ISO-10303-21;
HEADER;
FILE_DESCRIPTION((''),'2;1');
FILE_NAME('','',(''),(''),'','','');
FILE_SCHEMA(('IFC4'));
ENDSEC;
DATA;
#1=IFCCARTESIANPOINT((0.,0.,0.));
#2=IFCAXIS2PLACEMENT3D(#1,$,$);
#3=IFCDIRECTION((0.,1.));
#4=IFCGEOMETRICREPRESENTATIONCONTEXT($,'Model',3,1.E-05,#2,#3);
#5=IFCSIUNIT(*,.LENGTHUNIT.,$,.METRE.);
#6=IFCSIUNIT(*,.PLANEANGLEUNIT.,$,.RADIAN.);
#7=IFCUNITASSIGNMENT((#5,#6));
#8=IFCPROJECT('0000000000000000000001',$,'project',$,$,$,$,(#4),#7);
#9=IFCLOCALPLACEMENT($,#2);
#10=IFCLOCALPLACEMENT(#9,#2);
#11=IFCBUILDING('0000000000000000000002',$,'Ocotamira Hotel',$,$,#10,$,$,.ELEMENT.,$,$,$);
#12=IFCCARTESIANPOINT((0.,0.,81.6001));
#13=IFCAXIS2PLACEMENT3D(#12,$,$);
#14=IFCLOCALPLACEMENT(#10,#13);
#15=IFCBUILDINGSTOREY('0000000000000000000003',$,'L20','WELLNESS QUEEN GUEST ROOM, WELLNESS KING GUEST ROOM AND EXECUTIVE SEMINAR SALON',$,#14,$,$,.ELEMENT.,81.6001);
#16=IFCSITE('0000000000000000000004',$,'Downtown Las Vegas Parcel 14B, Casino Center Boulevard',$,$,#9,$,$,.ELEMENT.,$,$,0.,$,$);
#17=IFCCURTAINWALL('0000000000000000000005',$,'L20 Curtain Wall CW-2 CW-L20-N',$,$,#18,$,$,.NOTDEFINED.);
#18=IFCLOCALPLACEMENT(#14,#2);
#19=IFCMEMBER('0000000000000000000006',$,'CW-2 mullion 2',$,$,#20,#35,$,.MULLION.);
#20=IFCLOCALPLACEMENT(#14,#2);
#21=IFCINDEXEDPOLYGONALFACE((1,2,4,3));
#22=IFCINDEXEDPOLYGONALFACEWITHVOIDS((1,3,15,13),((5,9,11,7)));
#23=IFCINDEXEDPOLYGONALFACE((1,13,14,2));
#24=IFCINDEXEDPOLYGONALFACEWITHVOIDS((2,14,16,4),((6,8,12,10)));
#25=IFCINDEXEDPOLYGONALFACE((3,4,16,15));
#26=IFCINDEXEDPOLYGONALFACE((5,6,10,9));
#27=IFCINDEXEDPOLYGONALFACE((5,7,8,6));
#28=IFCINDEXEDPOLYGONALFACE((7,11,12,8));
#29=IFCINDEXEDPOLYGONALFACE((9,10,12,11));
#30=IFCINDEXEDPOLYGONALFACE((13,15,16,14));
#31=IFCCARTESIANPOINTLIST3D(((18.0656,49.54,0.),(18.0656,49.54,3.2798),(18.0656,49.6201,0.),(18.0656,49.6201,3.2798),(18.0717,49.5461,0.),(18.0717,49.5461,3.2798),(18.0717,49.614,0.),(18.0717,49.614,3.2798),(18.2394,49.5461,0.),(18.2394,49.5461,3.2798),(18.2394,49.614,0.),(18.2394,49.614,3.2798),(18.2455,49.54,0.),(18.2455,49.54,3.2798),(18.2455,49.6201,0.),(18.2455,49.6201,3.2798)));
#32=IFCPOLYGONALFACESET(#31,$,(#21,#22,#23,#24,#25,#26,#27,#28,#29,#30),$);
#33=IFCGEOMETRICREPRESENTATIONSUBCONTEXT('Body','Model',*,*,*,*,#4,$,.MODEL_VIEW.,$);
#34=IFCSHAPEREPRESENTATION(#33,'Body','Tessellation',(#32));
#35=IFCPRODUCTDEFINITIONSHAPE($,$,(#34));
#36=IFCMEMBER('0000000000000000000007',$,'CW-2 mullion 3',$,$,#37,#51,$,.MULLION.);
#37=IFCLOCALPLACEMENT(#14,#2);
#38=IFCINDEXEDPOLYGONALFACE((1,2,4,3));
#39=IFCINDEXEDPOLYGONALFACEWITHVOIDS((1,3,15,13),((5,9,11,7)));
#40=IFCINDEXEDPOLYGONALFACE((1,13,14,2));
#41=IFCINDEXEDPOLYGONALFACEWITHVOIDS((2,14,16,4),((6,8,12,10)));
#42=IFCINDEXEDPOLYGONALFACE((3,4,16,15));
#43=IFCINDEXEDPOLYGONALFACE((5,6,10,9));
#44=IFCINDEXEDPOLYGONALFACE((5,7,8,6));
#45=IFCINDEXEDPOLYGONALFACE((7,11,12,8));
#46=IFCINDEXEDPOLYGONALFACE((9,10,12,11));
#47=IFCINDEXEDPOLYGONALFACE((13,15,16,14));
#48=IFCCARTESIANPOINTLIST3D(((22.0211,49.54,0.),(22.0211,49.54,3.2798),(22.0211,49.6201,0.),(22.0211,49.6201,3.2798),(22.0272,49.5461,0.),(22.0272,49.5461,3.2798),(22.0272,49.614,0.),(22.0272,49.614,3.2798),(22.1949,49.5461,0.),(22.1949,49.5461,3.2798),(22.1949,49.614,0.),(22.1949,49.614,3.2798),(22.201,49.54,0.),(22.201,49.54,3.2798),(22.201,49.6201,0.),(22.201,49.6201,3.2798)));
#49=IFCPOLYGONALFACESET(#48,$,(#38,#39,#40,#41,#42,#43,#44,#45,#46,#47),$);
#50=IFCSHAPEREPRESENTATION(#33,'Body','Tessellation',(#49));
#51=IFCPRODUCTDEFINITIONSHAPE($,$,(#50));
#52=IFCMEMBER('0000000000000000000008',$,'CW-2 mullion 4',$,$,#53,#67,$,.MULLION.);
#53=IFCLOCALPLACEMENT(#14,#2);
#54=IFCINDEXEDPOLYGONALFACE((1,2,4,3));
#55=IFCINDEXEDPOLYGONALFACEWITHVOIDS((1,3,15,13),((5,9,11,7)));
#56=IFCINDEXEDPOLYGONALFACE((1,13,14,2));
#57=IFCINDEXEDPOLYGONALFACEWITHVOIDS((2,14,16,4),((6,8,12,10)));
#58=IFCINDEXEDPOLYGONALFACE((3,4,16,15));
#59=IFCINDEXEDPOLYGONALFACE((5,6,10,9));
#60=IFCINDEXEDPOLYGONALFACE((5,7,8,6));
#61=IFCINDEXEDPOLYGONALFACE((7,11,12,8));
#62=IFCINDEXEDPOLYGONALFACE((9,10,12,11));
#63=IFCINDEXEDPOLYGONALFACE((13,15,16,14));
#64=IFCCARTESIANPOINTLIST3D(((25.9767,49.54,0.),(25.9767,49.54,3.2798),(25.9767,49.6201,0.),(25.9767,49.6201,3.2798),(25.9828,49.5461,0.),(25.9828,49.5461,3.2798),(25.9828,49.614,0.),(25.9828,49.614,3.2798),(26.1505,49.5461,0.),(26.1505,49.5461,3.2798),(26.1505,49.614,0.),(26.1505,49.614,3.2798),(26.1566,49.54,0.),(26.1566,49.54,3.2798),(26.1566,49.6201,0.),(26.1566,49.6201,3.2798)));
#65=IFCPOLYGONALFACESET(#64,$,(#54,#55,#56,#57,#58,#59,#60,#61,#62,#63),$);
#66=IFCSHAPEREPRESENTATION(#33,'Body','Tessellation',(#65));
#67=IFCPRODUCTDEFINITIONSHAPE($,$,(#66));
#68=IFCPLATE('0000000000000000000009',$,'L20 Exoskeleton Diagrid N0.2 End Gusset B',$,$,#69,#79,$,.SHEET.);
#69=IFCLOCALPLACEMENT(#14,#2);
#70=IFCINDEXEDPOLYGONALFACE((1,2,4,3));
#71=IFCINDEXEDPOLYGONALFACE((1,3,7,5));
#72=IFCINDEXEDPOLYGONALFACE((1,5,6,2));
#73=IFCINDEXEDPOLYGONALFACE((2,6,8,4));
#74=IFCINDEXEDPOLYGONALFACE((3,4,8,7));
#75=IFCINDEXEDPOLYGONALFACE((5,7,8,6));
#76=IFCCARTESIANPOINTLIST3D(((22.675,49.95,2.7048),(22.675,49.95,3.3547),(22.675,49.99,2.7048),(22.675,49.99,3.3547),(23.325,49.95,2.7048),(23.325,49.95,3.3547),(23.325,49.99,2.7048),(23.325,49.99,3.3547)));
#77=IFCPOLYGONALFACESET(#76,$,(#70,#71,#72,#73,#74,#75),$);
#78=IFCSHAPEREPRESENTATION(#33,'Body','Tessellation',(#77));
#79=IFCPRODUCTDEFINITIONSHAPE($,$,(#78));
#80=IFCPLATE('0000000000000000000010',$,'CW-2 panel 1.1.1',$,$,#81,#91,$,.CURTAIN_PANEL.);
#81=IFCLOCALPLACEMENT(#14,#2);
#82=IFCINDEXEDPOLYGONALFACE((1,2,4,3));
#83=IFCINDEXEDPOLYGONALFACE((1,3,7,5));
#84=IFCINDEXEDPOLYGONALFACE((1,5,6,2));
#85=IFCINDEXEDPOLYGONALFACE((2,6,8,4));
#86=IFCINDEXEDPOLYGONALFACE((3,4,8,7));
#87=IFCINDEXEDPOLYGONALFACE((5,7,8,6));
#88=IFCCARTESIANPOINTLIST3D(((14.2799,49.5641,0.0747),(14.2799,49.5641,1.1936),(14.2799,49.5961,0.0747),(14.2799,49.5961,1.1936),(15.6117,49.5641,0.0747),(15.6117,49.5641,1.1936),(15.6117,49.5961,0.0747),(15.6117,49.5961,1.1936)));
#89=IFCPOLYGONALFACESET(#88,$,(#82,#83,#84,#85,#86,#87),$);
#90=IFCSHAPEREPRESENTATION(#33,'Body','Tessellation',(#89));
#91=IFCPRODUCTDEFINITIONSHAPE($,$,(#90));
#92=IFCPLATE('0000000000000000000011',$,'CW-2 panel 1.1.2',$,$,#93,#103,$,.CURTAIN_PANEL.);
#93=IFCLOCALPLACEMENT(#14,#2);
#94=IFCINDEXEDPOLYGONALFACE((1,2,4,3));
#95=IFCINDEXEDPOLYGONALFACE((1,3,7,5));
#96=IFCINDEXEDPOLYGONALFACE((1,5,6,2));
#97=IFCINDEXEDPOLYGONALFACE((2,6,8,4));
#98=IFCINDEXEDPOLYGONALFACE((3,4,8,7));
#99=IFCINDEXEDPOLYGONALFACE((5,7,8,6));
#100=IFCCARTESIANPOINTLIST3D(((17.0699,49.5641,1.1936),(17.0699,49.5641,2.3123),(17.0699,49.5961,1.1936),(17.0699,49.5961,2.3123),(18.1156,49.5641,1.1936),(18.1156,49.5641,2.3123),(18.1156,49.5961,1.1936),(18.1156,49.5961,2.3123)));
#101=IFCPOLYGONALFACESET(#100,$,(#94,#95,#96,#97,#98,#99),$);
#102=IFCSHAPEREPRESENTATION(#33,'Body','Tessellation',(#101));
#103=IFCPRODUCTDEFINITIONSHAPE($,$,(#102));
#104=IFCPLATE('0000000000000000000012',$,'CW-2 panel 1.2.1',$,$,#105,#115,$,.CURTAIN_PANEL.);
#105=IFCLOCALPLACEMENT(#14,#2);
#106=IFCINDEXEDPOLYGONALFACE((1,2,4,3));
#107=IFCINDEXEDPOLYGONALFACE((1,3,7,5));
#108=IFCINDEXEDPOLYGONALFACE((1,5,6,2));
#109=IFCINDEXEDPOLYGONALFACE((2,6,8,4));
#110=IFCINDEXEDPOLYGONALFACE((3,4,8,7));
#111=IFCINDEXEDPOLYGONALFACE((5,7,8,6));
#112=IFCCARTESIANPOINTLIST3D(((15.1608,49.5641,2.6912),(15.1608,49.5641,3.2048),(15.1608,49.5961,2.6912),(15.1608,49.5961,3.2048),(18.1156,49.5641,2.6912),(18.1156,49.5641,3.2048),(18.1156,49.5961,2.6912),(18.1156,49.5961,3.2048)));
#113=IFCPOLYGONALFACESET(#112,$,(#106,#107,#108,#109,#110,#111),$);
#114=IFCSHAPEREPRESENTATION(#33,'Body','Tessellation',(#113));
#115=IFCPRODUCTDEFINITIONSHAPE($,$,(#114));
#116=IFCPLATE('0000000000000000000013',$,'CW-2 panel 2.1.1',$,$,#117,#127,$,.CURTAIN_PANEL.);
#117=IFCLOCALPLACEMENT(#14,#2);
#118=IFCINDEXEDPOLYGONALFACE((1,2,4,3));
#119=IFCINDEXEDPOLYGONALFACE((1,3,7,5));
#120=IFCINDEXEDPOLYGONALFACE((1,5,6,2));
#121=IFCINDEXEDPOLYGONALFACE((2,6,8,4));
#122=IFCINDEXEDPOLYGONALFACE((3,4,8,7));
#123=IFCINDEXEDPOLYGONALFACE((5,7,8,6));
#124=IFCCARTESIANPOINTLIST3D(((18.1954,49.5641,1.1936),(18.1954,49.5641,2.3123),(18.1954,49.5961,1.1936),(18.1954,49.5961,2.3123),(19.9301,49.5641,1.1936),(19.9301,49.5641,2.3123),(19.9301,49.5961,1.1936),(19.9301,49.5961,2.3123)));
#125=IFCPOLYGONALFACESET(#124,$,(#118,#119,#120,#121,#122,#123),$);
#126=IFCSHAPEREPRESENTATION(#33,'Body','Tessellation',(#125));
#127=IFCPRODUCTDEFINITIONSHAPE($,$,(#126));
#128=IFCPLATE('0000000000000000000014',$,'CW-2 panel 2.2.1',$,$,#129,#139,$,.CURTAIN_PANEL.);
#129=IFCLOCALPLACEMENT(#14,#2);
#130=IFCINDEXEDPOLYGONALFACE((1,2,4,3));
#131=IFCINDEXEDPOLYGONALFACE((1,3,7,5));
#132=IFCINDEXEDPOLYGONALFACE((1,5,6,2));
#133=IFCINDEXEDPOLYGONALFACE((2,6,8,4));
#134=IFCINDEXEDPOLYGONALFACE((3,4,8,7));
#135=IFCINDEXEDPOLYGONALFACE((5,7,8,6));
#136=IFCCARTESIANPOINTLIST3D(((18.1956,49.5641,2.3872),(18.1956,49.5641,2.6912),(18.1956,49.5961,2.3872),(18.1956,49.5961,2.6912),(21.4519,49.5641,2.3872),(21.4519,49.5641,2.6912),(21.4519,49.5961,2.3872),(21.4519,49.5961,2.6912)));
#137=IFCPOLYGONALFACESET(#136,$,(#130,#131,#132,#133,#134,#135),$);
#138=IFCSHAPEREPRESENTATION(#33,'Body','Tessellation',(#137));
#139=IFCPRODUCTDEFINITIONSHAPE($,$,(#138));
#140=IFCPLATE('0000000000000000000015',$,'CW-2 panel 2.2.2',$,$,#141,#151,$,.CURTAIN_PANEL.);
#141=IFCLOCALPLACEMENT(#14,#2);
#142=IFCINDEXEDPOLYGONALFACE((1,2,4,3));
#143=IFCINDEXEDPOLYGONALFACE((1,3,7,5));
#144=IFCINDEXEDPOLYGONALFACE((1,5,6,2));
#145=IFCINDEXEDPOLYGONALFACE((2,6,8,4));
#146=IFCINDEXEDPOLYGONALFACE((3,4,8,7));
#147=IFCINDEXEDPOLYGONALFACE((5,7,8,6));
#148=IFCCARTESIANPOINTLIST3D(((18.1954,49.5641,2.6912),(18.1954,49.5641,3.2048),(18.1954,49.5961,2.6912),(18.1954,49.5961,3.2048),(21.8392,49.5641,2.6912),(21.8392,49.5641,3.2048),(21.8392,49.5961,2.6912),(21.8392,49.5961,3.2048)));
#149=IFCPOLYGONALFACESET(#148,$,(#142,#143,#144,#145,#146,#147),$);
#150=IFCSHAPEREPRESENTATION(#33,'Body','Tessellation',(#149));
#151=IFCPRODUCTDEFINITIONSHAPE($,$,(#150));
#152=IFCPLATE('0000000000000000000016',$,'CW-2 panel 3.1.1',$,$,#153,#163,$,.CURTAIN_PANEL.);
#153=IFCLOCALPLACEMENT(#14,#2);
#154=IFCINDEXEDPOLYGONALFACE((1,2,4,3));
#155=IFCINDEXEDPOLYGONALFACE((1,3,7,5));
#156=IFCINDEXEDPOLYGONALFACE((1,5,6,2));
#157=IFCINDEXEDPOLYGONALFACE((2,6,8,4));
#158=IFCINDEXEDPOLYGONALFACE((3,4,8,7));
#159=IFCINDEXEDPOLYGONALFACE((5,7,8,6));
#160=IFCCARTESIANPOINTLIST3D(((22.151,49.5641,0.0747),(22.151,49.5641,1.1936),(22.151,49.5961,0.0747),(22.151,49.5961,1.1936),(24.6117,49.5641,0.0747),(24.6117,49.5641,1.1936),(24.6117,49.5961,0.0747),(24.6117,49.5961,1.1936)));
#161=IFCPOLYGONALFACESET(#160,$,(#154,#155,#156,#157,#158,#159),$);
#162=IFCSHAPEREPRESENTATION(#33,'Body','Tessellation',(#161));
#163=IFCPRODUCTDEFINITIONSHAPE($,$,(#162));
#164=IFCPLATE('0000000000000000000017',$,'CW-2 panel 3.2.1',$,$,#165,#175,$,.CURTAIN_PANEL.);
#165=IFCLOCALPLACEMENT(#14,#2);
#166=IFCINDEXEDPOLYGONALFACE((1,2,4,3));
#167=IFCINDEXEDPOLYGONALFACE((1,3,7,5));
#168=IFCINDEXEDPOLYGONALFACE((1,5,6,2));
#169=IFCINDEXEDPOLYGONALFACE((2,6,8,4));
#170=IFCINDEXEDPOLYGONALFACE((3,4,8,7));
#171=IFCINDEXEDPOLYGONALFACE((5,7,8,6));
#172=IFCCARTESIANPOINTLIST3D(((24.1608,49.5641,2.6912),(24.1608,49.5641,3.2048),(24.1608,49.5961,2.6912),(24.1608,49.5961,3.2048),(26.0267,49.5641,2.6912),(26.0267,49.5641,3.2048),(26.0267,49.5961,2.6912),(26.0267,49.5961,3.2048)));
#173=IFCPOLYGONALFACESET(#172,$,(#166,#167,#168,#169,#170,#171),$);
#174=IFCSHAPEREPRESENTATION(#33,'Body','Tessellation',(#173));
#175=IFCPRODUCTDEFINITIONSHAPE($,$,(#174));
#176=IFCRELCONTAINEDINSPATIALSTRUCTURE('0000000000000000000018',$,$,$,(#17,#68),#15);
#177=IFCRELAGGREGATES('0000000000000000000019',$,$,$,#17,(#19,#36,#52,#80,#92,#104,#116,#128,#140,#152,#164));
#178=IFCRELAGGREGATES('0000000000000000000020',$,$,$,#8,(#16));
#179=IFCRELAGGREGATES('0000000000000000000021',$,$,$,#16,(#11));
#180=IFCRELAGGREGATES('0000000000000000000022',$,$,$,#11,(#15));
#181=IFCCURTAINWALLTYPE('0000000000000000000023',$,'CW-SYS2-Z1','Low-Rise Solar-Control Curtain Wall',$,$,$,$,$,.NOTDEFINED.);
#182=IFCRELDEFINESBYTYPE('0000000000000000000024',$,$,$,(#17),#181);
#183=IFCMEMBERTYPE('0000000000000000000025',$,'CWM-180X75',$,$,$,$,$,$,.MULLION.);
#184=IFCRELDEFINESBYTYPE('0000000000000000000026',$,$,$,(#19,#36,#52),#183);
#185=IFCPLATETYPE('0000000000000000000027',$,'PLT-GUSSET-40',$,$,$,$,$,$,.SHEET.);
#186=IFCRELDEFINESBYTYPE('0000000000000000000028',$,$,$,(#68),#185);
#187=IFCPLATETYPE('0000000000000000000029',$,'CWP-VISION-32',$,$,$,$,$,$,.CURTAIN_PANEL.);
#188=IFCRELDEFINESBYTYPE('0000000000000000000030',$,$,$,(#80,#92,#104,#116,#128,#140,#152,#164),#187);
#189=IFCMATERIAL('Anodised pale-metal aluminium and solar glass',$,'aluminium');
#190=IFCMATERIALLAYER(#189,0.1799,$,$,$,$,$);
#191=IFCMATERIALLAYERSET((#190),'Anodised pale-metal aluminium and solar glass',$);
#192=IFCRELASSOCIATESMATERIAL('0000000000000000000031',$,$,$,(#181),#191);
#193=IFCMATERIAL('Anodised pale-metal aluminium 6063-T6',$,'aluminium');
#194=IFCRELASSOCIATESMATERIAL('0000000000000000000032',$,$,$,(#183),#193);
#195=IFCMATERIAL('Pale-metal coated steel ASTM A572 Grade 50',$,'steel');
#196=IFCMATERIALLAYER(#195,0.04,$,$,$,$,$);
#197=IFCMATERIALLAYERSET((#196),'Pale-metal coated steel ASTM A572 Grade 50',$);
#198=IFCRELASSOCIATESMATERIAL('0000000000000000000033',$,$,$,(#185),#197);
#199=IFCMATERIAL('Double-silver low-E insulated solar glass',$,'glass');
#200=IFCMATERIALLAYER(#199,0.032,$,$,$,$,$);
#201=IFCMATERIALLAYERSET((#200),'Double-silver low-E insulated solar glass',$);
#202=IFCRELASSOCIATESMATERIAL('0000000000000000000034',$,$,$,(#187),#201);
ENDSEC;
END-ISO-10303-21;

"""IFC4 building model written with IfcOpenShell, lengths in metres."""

from ifc_helpers import new_model, si_unit, direction, frame, origin, origin_2d, place, context, subcontext, project, spatial, rectangle, hollow_rectangle, extrude, source, transform, mapped, material, layer, layer_set, material_profile, profile_set, type_object, element, aggregate, save


model = new_model("IFC4")

# Units and contexts
model_context = context("Model", 3, precision=1e-05, world=origin(), true_north=direction((0.0, 1.0)))
body_context = subcontext(model_context, "Body", "Model", "MODEL_VIEW")
ifc_project = project(units=[si_unit("LENGTHUNIT", "METRE"), si_unit("PLANEANGLEUNIT", "RADIAN")], contexts=[model_context])

# Site, building, storey
site_placement = place(None, origin())
site = spatial("IfcSite", under=ifc_project, at=site_placement, Name="Downtown Las Vegas Parcel 14B, Casino Center Boulevard", CompositionType="ELEMENT", RefElevation=0.0)
building_placement = place(site_placement, origin())
building = spatial("IfcBuilding", under=site, at=building_placement, Name="Ocotamira Hotel", CompositionType="ELEMENT")
storey_placement = place(building_placement, frame((0.0, 0.0, 81.6001)))
storey = spatial("IfcBuildingStorey", under=building, at=storey_placement, Name="L20", Description="WELLNESS QUEEN GUEST ROOM, WELLNESS KING GUEST ROOM AND EXECUTIVE SEMINAR SALON", CompositionType="ELEMENT", Elevation=81.6001)

# Curtain wall, members
ifc_material_1 = material(Name="Anodised pale-metal aluminium and solar glass", Category="aluminium")
ifc_layer_1 = layer(ifc_material_1, 0.1799)
ifc_layer_set_1 = layer_set([ifc_layer_1], Name="Anodised pale-metal aluminium and solar glass")
curtain_wall_type = type_object("IfcCurtainWallType", Name="CW-SYS2-Z1", Description="Low-Rise Solar-Control Curtain Wall", PredefinedType="NOTDEFINED", material=ifc_layer_set_1)
curtain_wall_placement = place(storey_placement, origin())
curtain_wall = element("IfcCurtainWall", 1, at=curtain_wall_placement, inside=storey, type_object=curtain_wall_type, Name="L20 Curtain Wall CW-2 CW-L20-N", PredefinedType="NOTDEFINED")
ifc_material_2 = material(Name="Anodised pale-metal aluminium 6063-T6", Category="aluminium")
ifc_material_profile_1 = material_profile(ifc_material_2, hollow_rectangle(XDim=0.0801, YDim=0.1799, WallThickness=0.0061, at=origin_2d()), Name="HSS180X80X6")
ifc_profile_set_1 = profile_set([ifc_material_profile_1], Name="Anodised pale-metal aluminium 6063-T6")
member_type_1 = type_object("IfcMemberType", Name="CWM-180X75", PredefinedType="MULLION", material=ifc_profile_set_1)
shared_shape_1 = source(origin(), body_context, "Body", "SweptSolid", [
    extrude(hollow_rectangle(XDim=0.0801, YDim=0.1799, WallThickness=0.0061, at=origin_2d()), origin(), (0.0, 0.0, 1.0), 3.2798),
])
member_1_placement = place(storey_placement, frame((18.1555, 49.5801, 0.0), z_axis=(0.0, 0.0, 1.0), x_axis=(0.0, 1.0, 0.0)))
member_1 = element("IfcMember", 2, at=member_1_placement, type_object=member_type_1, Name="CW-2 mullion 2", PredefinedType="MULLION", context=body_context, shape_type="MappedRepresentation", body=[
    mapped(shared_shape_1, transform((0.0, 0.0, 0.0), scale=1.0)),
])
member_2_placement = place(storey_placement, frame((22.1111, 49.5801, 0.0), z_axis=(0.0, 0.0, 1.0), x_axis=(0.0, 1.0, 0.0)))
member_2 = element("IfcMember", 3, at=member_2_placement, type_object=member_type_1, Name="CW-2 mullion 3", PredefinedType="MULLION", context=body_context, shape_type="MappedRepresentation", body=[
    mapped(shared_shape_1, transform((0.0, 0.0, 0.0), scale=1.0)),
])
member_3_placement = place(storey_placement, frame((26.0667, 49.5801, 0.0), z_axis=(0.0, 0.0, 1.0), x_axis=(0.0, 1.0, 0.0)))
member_3 = element("IfcMember", 4, at=member_3_placement, type_object=member_type_1, Name="CW-2 mullion 4", PredefinedType="MULLION", context=body_context, shape_type="MappedRepresentation", body=[
    mapped(shared_shape_1, transform((0.0, 0.0, 0.0), scale=1.0)),
])

# Plates
ifc_material_3 = material(Name="Pale-metal coated steel ASTM A572 Grade 50", Category="steel")
ifc_layer_2 = layer(ifc_material_3, 0.04)
ifc_layer_set_2 = layer_set([ifc_layer_2], Name="Pale-metal coated steel ASTM A572 Grade 50")
plate_type_1 = type_object("IfcPlateType", Name="PLT-GUSSET-40", PredefinedType="SHEET", material=ifc_layer_set_2)
shared_shape_2 = source(origin(), body_context, "Body", "SweptSolid", [
    extrude(rectangle(XDim=0.6499, YDim=0.04, at=origin_2d()), origin(), (0.0, 0.0, 1.0), 0.6499),
])
plate_1_placement = place(storey_placement, frame((23.0, 49.97, 2.7048), z_axis=(0.0, 0.0, 1.0), x_axis=(1.0, 0.0, 0.0)))
element("IfcPlate", 5, at=plate_1_placement, inside=storey, type_object=plate_type_1, Name="L20 Exoskeleton Diagrid N0.2 End Gusset B", PredefinedType="SHEET", context=body_context, shape_type="MappedRepresentation", body=[
    mapped(shared_shape_2, transform((0.0, 0.0, 0.0), scale=1.0)),
])
ifc_material_4 = material(Name="Double-silver low-E insulated solar glass", Category="glass")
ifc_layer_3 = layer(ifc_material_4, 0.032)
ifc_layer_set_3 = layer_set([ifc_layer_3], Name="Double-silver low-E insulated solar glass")
plate_type_2 = type_object("IfcPlateType", Name="CWP-VISION-32", PredefinedType="CURTAIN_PANEL", material=ifc_layer_set_3)
shared_shape_3 = source(origin(), body_context, "Body", "SweptSolid", [
    extrude(rectangle(XDim=1.3318, YDim=0.032, at=origin_2d()), origin(), (0.0, 0.0, 1.0), 1.1189),
])
plate_2_placement = place(storey_placement, frame((14.9458, 49.5801, 0.0747), z_axis=(0.0, 0.0, 1.0), x_axis=(1.0, 0.0, 0.0)))
plate_2 = element("IfcPlate", 6, at=plate_2_placement, type_object=plate_type_2, Name="CW-2 panel 1.1.1", PredefinedType="CURTAIN_PANEL", context=body_context, shape_type="MappedRepresentation", body=[
    mapped(shared_shape_3, transform((0.0, 0.0, 0.0), scale=1.0)),
])
shared_shape_4 = source(origin(), body_context, "Body", "SweptSolid", [
    extrude(rectangle(XDim=1.0457, YDim=0.032, at=origin_2d()), origin(), (0.0, 0.0, 1.0), 1.1187),
])
plate_3_placement = place(storey_placement, frame((17.5928, 49.5801, 1.1936), z_axis=(0.0, 0.0, 1.0), x_axis=(1.0, 0.0, 0.0)))
plate_3 = element("IfcPlate", 7, at=plate_3_placement, type_object=plate_type_2, Name="CW-2 panel 1.1.2", PredefinedType="CURTAIN_PANEL", context=body_context, shape_type="MappedRepresentation", body=[
    mapped(shared_shape_4, transform((0.0, 0.0, 0.0), scale=1.0)),
])
shared_shape_5 = source(origin(), body_context, "Body", "SweptSolid", [
    extrude(rectangle(XDim=2.9548, YDim=0.032, at=origin_2d()), origin(), (0.0, 0.0, 1.0), 0.5137),
])
plate_4_placement = place(storey_placement, frame((16.6382, 49.5801, 2.6912), z_axis=(0.0, 0.0, 1.0), x_axis=(1.0, 0.0, 0.0)))
plate_4 = element("IfcPlate", 8, at=plate_4_placement, type_object=plate_type_2, Name="CW-2 panel 1.2.1", PredefinedType="CURTAIN_PANEL", context=body_context, shape_type="MappedRepresentation", body=[
    mapped(shared_shape_5, transform((0.0, 0.0, 0.0), scale=1.0)),
])
shared_shape_6 = source(origin(), body_context, "Body", "SweptSolid", [
    extrude(rectangle(XDim=1.7346, YDim=0.032, at=origin_2d()), origin(), (0.0, 0.0, 1.0), 1.1187),
])
plate_5_placement = place(storey_placement, frame((19.0627, 49.5801, 1.1936), z_axis=(0.0, 0.0, 1.0), x_axis=(1.0, 0.0, 0.0)))
plate_5 = element("IfcPlate", 9, at=plate_5_placement, type_object=plate_type_2, Name="CW-2 panel 2.1.1", PredefinedType="CURTAIN_PANEL", context=body_context, shape_type="MappedRepresentation", body=[
    mapped(shared_shape_6, transform((0.0, 0.0, 0.0), scale=1.0)),
])
shared_shape_7 = source(origin(), body_context, "Body", "SweptSolid", [
    extrude(rectangle(XDim=3.2563, YDim=0.032, at=origin_2d()), origin(), (0.0, 0.0, 1.0), 0.304),
])
plate_6_placement = place(storey_placement, frame((19.8237, 49.5801, 2.3872), z_axis=(0.0, 0.0, 1.0), x_axis=(1.0, 0.0, 0.0)))
plate_6 = element("IfcPlate", 10, at=plate_6_placement, type_object=plate_type_2, Name="CW-2 panel 2.2.1", PredefinedType="CURTAIN_PANEL", context=body_context, shape_type="MappedRepresentation", body=[
    mapped(shared_shape_7, transform((0.0, 0.0, 0.0), scale=1.0)),
])
shared_shape_8 = source(origin(), body_context, "Body", "SweptSolid", [
    extrude(rectangle(XDim=3.6438, YDim=0.032, at=origin_2d()), origin(), (0.0, 0.0, 1.0), 0.5137),
])
plate_7_placement = place(storey_placement, frame((20.0173, 49.5801, 2.6912), z_axis=(0.0, 0.0, 1.0), x_axis=(1.0, 0.0, 0.0)))
plate_7 = element("IfcPlate", 11, at=plate_7_placement, type_object=plate_type_2, Name="CW-2 panel 2.2.2", PredefinedType="CURTAIN_PANEL", context=body_context, shape_type="MappedRepresentation", body=[
    mapped(shared_shape_8, transform((0.0, 0.0, 0.0), scale=1.0)),
])
shared_shape_9 = source(origin(), body_context, "Body", "SweptSolid", [
    extrude(rectangle(XDim=2.4607, YDim=0.032, at=origin_2d()), origin(), (0.0, 0.0, 1.0), 1.1189),
])
plate_8_placement = place(storey_placement, frame((23.3813, 49.5801, 0.0747), z_axis=(0.0, 0.0, 1.0), x_axis=(1.0, 0.0, 0.0)))
plate_8 = element("IfcPlate", 12, at=plate_8_placement, type_object=plate_type_2, Name="CW-2 panel 3.1.1", PredefinedType="CURTAIN_PANEL", context=body_context, shape_type="MappedRepresentation", body=[
    mapped(shared_shape_9, transform((0.0, 0.0, 0.0), scale=1.0)),
])
shared_shape_10 = source(origin(), body_context, "Body", "SweptSolid", [
    extrude(rectangle(XDim=1.866, YDim=0.032, at=origin_2d()), origin(), (0.0, 0.0, 1.0), 0.5137),
])
plate_9_placement = place(storey_placement, frame((25.0938, 49.5801, 2.6912), z_axis=(0.0, 0.0, 1.0), x_axis=(1.0, 0.0, 0.0)))
plate_9 = element("IfcPlate", 13, at=plate_9_placement, type_object=plate_type_2, Name="CW-2 panel 3.2.1", PredefinedType="CURTAIN_PANEL", context=body_context, shape_type="MappedRepresentation", body=[
    mapped(shared_shape_10, transform((0.0, 0.0, 0.0), scale=1.0)),
])
aggregate(curtain_wall, [member_1, member_2, member_3, plate_2, plate_3, plate_4, plate_5, plate_6, plate_7, plate_8, plate_9])

save(model, "model.ifc")
